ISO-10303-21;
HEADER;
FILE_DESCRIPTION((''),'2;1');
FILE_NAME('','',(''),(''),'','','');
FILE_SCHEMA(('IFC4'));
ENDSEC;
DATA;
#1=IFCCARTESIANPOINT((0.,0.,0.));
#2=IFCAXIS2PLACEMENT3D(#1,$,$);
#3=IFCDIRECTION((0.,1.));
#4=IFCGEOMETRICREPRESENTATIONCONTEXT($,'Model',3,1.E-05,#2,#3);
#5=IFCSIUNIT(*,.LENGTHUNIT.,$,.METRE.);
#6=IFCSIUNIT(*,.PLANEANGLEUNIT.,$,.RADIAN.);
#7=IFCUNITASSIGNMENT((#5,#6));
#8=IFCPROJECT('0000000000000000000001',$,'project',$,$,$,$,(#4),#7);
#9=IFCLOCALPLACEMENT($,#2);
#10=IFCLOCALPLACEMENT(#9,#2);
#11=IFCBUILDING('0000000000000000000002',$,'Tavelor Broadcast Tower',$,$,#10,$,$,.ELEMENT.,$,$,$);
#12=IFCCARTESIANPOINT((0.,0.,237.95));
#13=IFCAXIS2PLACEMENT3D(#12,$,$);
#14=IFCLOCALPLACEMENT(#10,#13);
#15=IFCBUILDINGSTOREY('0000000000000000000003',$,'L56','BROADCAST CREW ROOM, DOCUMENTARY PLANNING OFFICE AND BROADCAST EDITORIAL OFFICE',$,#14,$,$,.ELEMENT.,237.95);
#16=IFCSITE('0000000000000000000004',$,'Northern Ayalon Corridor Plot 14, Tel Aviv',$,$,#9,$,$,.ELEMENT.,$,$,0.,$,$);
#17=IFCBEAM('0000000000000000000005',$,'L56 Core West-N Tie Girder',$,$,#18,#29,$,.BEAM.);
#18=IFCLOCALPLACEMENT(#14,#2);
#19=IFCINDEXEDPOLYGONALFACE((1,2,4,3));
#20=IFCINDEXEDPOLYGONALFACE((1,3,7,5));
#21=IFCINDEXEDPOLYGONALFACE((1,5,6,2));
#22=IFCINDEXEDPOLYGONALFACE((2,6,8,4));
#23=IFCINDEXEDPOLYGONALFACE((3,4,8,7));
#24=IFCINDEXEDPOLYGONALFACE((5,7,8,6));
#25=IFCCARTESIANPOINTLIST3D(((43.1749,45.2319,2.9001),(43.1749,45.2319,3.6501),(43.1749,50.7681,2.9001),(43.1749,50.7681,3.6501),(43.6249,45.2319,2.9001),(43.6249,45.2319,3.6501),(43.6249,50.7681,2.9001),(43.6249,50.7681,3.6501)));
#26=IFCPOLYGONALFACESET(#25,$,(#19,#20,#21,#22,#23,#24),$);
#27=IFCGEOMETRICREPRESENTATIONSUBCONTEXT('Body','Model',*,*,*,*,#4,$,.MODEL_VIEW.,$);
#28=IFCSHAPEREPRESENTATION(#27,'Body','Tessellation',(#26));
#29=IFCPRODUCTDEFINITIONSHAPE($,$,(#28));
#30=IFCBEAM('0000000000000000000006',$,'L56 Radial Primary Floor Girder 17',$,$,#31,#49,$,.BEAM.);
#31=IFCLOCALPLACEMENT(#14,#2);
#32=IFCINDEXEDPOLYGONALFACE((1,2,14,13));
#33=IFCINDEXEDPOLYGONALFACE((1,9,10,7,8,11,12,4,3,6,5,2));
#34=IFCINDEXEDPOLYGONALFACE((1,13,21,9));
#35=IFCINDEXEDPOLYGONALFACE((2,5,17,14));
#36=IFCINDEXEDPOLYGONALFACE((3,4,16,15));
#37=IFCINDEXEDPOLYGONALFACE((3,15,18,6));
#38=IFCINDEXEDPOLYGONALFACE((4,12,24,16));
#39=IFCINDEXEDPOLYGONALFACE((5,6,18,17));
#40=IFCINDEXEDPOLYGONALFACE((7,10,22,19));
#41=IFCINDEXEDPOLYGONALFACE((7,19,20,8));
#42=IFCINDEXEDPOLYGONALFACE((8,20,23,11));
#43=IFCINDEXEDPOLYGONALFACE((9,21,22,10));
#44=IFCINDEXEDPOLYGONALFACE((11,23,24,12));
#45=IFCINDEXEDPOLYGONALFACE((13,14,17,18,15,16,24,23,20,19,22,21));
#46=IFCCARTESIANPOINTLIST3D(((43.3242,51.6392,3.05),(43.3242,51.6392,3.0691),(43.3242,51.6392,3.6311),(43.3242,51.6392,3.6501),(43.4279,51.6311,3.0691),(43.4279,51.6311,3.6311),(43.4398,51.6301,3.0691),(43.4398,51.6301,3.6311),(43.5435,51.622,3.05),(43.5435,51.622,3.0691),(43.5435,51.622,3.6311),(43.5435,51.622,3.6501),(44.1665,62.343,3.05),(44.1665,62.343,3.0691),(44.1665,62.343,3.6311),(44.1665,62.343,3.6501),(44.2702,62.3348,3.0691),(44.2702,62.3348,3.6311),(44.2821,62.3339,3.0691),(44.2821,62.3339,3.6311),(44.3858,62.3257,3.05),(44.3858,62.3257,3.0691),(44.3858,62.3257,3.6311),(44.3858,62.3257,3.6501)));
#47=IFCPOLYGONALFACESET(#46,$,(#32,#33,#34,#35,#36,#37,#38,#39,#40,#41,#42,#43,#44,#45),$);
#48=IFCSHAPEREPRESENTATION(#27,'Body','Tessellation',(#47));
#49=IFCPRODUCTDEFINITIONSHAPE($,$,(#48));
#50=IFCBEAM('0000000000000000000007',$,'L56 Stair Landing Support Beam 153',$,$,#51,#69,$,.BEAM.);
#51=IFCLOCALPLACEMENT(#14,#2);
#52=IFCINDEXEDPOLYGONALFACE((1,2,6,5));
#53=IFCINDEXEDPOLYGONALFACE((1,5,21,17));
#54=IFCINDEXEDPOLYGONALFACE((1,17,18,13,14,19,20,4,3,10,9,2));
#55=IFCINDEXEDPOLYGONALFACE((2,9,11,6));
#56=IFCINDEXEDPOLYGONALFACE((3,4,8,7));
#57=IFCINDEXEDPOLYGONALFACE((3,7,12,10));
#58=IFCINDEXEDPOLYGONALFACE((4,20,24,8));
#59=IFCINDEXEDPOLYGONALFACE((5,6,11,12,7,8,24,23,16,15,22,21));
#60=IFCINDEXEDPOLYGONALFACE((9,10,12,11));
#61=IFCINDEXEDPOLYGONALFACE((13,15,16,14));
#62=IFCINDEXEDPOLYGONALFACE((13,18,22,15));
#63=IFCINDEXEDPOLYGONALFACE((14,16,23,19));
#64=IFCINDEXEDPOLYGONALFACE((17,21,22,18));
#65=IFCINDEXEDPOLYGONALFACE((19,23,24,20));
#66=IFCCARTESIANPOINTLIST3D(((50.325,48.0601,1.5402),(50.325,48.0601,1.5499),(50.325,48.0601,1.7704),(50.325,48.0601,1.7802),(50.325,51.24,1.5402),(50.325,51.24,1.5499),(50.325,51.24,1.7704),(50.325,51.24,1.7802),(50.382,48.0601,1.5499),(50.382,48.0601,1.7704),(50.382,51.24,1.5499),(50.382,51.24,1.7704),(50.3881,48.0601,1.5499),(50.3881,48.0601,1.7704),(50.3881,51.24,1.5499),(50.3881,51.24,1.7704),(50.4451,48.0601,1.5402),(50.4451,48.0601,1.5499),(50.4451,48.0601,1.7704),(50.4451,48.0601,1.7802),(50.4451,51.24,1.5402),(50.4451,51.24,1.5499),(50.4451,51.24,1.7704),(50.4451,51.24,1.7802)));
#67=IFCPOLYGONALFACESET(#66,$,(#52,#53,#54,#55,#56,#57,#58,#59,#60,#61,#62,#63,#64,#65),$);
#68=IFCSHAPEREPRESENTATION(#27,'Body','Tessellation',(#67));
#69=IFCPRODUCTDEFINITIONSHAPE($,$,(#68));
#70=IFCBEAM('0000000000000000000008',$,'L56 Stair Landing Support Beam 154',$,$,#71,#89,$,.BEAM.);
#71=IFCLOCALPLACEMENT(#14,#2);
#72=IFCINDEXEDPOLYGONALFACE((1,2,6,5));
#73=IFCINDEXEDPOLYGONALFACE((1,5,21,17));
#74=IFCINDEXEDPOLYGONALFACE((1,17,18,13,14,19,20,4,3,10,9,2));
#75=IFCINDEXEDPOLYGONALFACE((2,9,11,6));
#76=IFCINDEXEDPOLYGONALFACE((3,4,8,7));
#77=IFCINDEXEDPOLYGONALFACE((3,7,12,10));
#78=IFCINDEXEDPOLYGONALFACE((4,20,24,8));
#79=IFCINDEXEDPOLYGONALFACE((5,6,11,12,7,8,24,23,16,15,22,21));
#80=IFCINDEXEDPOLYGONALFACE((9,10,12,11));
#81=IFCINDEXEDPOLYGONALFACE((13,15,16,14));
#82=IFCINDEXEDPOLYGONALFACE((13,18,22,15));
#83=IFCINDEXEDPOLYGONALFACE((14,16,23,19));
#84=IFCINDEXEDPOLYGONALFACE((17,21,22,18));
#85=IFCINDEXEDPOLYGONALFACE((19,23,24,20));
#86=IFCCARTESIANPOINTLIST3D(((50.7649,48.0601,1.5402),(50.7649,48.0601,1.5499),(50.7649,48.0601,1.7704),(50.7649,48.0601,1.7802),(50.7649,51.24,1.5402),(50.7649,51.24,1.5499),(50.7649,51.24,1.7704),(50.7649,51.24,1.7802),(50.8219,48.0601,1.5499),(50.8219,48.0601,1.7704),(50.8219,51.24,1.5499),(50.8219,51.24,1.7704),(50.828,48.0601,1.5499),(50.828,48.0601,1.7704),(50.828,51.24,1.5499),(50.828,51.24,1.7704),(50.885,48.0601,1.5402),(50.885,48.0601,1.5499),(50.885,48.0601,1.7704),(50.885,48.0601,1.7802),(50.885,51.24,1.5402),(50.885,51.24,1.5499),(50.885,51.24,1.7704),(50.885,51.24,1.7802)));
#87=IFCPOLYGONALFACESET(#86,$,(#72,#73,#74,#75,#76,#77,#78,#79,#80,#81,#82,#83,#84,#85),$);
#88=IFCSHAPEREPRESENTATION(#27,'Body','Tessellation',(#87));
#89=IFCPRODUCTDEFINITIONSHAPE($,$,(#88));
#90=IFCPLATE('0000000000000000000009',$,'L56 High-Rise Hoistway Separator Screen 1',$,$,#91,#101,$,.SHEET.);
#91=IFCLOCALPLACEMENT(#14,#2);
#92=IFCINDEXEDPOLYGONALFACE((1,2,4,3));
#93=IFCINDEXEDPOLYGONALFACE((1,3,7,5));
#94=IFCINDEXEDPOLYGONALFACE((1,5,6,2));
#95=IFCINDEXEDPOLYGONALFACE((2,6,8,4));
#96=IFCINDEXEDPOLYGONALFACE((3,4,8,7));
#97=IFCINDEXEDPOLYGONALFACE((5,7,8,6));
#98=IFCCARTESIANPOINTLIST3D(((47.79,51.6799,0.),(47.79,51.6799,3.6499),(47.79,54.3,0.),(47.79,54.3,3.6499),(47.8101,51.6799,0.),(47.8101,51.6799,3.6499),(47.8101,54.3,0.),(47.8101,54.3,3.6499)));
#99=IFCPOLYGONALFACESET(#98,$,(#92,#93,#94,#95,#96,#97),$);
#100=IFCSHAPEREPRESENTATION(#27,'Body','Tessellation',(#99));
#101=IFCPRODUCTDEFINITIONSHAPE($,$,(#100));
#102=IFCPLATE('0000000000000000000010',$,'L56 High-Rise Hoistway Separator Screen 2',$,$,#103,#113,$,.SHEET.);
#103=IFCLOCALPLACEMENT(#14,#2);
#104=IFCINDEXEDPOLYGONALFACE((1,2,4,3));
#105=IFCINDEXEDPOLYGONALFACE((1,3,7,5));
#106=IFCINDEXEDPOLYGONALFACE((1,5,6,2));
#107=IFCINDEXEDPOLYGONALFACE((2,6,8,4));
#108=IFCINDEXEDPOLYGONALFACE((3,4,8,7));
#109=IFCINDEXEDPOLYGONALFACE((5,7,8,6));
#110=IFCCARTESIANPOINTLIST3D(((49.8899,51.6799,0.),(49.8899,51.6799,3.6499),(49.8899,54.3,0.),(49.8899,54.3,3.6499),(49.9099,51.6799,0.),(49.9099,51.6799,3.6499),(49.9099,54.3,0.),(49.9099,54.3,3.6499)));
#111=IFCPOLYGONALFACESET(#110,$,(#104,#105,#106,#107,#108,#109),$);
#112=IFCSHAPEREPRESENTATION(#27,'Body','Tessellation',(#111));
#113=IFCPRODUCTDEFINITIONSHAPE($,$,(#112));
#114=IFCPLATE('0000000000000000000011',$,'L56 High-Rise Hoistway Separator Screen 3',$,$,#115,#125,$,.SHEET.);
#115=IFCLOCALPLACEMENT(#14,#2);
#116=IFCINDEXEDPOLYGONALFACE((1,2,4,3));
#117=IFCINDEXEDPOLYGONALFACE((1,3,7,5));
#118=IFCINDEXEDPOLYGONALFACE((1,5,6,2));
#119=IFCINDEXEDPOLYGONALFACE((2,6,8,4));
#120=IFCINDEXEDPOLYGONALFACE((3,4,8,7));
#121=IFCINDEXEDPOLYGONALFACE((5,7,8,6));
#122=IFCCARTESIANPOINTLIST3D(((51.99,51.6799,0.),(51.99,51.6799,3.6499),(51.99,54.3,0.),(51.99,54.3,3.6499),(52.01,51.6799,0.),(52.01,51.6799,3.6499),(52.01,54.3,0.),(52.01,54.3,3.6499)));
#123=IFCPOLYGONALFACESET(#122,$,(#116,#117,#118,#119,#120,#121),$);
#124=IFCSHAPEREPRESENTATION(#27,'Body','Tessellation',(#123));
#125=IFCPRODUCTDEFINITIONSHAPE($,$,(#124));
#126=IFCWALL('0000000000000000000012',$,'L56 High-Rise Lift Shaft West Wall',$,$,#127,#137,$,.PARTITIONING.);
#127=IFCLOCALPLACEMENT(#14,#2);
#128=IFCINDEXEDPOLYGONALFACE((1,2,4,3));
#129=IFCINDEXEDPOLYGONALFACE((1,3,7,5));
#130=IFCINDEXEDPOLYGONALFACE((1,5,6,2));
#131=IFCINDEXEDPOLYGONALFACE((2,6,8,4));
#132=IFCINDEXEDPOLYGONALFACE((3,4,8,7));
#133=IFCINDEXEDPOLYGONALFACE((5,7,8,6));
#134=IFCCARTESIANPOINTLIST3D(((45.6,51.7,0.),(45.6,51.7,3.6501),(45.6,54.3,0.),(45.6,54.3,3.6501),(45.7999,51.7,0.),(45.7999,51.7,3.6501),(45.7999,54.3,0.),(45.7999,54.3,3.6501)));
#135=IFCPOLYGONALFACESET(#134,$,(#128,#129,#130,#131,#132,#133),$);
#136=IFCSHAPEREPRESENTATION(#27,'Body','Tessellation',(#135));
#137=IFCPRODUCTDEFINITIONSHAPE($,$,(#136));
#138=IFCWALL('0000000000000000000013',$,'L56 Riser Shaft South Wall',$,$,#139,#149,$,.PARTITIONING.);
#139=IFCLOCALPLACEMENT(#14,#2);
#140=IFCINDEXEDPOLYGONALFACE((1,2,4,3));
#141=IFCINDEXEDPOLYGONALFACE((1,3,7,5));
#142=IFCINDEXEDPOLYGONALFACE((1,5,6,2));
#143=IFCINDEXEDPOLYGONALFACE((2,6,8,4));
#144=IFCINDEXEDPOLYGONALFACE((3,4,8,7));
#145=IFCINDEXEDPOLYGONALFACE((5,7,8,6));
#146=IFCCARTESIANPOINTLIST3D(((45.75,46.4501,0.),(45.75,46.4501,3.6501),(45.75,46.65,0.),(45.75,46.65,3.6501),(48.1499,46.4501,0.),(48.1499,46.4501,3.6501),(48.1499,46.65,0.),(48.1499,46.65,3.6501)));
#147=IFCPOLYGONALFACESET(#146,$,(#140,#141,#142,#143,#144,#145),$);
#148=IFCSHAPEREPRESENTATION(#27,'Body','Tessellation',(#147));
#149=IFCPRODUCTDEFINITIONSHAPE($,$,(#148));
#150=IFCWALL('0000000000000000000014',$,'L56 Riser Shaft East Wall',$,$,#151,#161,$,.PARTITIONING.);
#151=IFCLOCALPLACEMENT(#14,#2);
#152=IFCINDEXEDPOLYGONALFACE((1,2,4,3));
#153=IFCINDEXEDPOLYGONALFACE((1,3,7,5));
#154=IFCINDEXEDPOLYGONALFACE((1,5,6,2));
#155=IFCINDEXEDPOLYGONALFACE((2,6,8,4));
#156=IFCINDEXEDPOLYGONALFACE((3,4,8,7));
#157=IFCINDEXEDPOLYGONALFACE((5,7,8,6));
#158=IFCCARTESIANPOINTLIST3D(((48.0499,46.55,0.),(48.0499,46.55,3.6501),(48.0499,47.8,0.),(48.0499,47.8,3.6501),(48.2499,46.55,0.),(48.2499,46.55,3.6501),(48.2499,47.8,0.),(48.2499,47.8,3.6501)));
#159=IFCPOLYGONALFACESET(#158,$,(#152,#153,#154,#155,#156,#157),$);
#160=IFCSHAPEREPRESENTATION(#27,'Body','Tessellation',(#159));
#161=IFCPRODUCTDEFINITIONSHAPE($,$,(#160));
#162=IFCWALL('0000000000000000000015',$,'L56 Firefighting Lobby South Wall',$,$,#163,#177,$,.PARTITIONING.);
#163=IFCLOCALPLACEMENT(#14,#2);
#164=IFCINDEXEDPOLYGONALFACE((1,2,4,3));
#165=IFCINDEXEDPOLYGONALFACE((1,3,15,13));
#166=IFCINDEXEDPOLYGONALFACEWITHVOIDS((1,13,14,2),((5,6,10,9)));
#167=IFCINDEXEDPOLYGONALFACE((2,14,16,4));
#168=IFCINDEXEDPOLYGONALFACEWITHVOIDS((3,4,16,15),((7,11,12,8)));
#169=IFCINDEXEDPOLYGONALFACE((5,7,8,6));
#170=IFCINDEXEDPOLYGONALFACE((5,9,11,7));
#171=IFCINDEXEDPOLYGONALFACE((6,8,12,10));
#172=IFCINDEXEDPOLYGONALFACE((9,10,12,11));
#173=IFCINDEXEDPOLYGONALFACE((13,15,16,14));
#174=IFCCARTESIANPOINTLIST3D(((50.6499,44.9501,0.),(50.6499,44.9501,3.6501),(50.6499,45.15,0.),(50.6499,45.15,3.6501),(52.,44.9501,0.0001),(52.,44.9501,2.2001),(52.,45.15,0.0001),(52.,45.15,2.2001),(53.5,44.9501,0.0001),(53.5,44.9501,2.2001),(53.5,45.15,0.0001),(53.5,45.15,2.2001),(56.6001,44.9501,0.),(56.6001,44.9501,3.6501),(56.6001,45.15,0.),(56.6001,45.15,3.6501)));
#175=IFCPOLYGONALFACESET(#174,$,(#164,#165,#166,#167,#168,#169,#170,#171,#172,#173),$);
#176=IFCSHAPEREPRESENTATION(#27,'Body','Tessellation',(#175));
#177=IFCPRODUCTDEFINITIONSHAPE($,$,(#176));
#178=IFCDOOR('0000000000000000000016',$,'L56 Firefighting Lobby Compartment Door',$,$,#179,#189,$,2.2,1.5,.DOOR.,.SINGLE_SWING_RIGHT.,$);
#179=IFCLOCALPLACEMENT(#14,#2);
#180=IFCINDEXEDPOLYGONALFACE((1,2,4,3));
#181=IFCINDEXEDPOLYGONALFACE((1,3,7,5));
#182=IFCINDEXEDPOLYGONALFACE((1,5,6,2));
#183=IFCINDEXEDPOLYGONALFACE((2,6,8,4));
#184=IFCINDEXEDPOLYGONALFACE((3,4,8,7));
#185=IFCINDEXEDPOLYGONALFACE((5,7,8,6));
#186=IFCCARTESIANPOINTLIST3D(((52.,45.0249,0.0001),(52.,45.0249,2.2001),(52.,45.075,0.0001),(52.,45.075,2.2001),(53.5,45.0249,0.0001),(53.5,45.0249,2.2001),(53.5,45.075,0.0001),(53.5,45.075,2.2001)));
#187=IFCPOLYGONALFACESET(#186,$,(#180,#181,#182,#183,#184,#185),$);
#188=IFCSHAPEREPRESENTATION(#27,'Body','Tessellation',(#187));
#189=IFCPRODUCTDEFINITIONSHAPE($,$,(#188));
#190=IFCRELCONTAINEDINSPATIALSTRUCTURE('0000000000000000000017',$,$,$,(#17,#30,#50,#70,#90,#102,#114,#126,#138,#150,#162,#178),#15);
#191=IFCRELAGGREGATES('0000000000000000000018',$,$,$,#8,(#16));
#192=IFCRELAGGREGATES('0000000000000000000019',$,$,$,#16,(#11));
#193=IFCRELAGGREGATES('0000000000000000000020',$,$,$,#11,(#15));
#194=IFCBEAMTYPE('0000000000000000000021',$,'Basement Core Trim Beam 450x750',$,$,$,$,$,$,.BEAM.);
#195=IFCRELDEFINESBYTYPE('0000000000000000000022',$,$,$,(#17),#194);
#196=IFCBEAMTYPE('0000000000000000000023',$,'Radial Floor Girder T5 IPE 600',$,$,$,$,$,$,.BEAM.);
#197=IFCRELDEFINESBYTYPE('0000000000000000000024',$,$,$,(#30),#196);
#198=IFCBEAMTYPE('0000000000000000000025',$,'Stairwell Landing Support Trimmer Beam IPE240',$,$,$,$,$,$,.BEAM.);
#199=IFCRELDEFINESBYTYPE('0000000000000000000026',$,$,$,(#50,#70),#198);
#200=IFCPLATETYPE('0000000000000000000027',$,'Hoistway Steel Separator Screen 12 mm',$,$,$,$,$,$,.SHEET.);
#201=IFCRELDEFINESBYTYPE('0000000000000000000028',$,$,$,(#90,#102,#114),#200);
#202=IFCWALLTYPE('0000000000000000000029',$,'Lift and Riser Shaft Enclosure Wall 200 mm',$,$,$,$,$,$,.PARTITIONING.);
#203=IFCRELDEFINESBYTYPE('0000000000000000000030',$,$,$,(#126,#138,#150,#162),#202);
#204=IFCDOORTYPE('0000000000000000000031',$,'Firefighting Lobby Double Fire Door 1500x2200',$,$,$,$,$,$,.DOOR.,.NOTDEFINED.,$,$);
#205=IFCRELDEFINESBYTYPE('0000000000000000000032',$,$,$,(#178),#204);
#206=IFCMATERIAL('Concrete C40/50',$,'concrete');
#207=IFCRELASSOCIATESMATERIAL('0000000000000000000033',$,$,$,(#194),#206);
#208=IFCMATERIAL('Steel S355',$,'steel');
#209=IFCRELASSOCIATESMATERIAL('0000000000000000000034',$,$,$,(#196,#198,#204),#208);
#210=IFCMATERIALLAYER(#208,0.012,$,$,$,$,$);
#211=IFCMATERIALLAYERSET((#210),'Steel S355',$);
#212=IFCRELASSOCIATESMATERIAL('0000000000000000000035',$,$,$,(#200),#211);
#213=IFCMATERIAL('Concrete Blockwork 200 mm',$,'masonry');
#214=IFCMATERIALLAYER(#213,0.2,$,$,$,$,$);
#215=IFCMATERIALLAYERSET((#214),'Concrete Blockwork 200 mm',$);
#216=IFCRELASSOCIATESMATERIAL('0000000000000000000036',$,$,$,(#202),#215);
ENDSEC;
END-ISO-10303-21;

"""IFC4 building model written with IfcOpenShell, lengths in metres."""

from ifc_helpers import new_model, si_unit, direction, frame, frame_2d, origin, origin_2d, place, context, subcontext, project, spatial, rectangle, i_section, extrude, source, transform, mapped, material, layer, layer_set, material_profile, profile_set, type_object, type_shapes, element, fill, save


model = new_model("IFC4")

# Units and contexts
model_context = context("Model", 3, precision=1e-05, world=origin(), true_north=direction((0.0, 1.0)))
body_context = subcontext(model_context, "Body", "Model", "MODEL_VIEW")
ifc_project = project(units=[si_unit("LENGTHUNIT", "METRE"), si_unit("PLANEANGLEUNIT", "RADIAN")], contexts=[model_context])

# Site, building, storey
site_placement = place(None, origin())
site = spatial("IfcSite", under=ifc_project, at=site_placement, Name="Northern Ayalon Corridor Plot 14, Tel Aviv", CompositionType="ELEMENT", RefElevation=0.0)
building_placement = place(site_placement, origin())
building = spatial("IfcBuilding", under=site, at=building_placement, Name="Tavelor Broadcast Tower", CompositionType="ELEMENT")
storey_placement = place(building_placement, frame((0.0, 0.0, 237.95)))
storey = spatial("IfcBuildingStorey", under=building, at=storey_placement, Name="L56", Description="BROADCAST CREW ROOM, DOCUMENTARY PLANNING OFFICE AND BROADCAST EDITORIAL OFFICE", CompositionType="ELEMENT", Elevation=237.95)

# Beams
ifc_material_1 = material(Name="Concrete C40/50", Category="concrete")
ifc_material_profile_1 = material_profile(ifc_material_1, rectangle(XDim=0.45, YDim=0.75, at=origin_2d()), Name="RC 450x750")
ifc_profile_set_1 = profile_set([ifc_material_profile_1], Name="Concrete C40/50")
beam_type_1 = type_object("IfcBeamType", Name="Basement Core Trim Beam 450x750", PredefinedType="BEAM", material=ifc_profile_set_1)
beam_1_placement = place(storey_placement, frame((43.3999, 45.2319, 3.2751), z_axis=(0.0, 1.0, 0.0), x_axis=(-1.0, 0.0, 0.0)))
element("IfcBeam", 1, at=beam_1_placement, inside=storey, type_object=beam_type_1, Name="L56 Core West-N Tie Girder", PredefinedType="BEAM", context=body_context, shape_type="SweptSolid", body=[
    extrude(rectangle(XDim=0.45, YDim=0.75, at=origin_2d()), origin(), (0.0, 0.0, 1.0), 5.5361),
])
ifc_material_2 = material(Name="Steel S355", Category="steel")
ifc_material_profile_2 = material_profile(ifc_material_2, i_section(OverallWidth=0.22, OverallDepth=0.6001, WebThickness=0.012, FlangeThickness=0.019, at=origin_2d()), Name="IPE 600")
ifc_profile_set_2 = profile_set([ifc_material_profile_2], Name="Steel S355")
beam_type_2 = type_object("IfcBeamType", Name="Radial Floor Girder T5 IPE 600", PredefinedType="BEAM", material=ifc_profile_set_2)
beam_2_placement = place(storey_placement, frame((43.4338, 51.6306, 3.3501), z_axis=(0.078449, 0.996918, 0.0), x_axis=(-0.996918, 0.078449, 0.0)))
element("IfcBeam", 2, at=beam_2_placement, inside=storey, type_object=beam_type_2, Name="L56 Radial Primary Floor Girder 17", PredefinedType="BEAM", context=body_context, shape_type="SweptSolid", body=[
    extrude(i_section(OverallWidth=0.22, OverallDepth=0.6001, WebThickness=0.012, FlangeThickness=0.019, at=origin_2d()), origin(), (0.0, 0.0, 1.0), 10.7368),
])
ifc_material_profile_3 = material_profile(ifc_material_2, i_section(OverallWidth=0.1201, OverallDepth=0.24, WebThickness=0.0061, FlangeThickness=0.0098, at=origin_2d()), Name="IPE 240")
ifc_profile_set_3 = profile_set([ifc_material_profile_3], Name="Steel S355")
beam_type_3 = type_object("IfcBeamType", Name="Stairwell Landing Support Trimmer Beam IPE240", PredefinedType="BEAM", material=ifc_profile_set_3)
for number, where, z_axis, x_axis, name in (
    (3, (50.385, 48.0601, 1.6602), (0.0, 1.0, 0.0), (-1.0, 0.0, 0.0), "L56 Stair Landing Support Beam 153"),
    (4, (50.825, 48.0601, 1.6602), (0.0, 1.0, 0.0), (-1.0, 0.0, 0.0), "L56 Stair Landing Support Beam 154"),
):
    element("IfcBeam", number, at=place(storey_placement, frame(where, z_axis=z_axis, x_axis=x_axis)), inside=storey, type_object=beam_type_3, Name=name, PredefinedType="BEAM", context=body_context, shape_type="SweptSolid", body=[
        extrude(i_section(OverallWidth=0.1201, OverallDepth=0.24, WebThickness=0.0061, FlangeThickness=0.0098, at=origin_2d()), origin(), (0.0, 0.0, 1.0), 3.1799),
    ])

# Plates
ifc_layer_1 = layer(ifc_material_2, 0.012)
ifc_layer_set_1 = layer_set([ifc_layer_1], Name="Steel S355")
plate_type = type_object("IfcPlateType", Name="Hoistway Steel Separator Screen 12 mm", PredefinedType="SHEET", material=ifc_layer_set_1)
shared_shape = source(origin(), body_context, "Body", "SweptSolid", [
    extrude(rectangle(XDim=0.02, YDim=2.6201, at=origin_2d()), origin(), (0.0, 0.0, 1.0), 3.6499),
])
type_shapes(plate_type, [shared_shape])
for number, where, z_axis, x_axis, name in (
    (5, (47.8, 52.99, 0.0), (0.0, 0.0, 1.0), (1.0, 0.0, 0.0), "L56 High-Rise Hoistway Separator Screen 1"),
    (6, (49.8999, 52.99, 0.0), (0.0, 0.0, 1.0), (1.0, 0.0, 0.0), "L56 High-Rise Hoistway Separator Screen 2"),
    (7, (52.0, 52.99, 0.0), (0.0, 0.0, 1.0), (1.0, 0.0, 0.0), "L56 High-Rise Hoistway Separator Screen 3"),
):
    element("IfcPlate", number, at=place(storey_placement, frame(where, z_axis=z_axis, x_axis=x_axis)), inside=storey, type_object=plate_type, Name=name, PredefinedType="SHEET", context=body_context, shape_type="MappedRepresentation", body=[
        mapped(shared_shape, transform((0.0, 0.0, 0.0), scale=1.0)),
    ])

# Walls
ifc_material_3 = material(Name="Concrete Blockwork 200 mm", Category="masonry")
ifc_layer_2 = layer(ifc_material_3, 0.2)
ifc_layer_set_2 = layer_set([ifc_layer_2], Name="Concrete Blockwork 200 mm")
wall_type_1 = type_object("IfcWallType", Name="Lift and Riser Shaft Enclosure Wall 200 mm", PredefinedType="PARTITIONING", material=ifc_layer_set_2)
wall_1_placement = place(storey_placement, frame((45.7, 51.7, 0.0), z_axis=(0.0, 0.0, 1.0), x_axis=(0.0, 1.0, 0.0)))
element("IfcWall", 8, at=wall_1_placement, inside=storey, type_object=wall_type_1, Name="L56 High-Rise Lift Shaft West Wall", PredefinedType="PARTITIONING", context=body_context, shape_type="SweptSolid", body=[
    extrude(rectangle(XDim=2.6001, YDim=0.2, at=frame_2d((1.3, 0.0))), origin(), (0.0, 0.0, 1.0), 3.6501),
])
wall_2_placement = place(storey_placement, frame((45.75, 46.55, 0.0), z_axis=(0.0, 0.0, 1.0), x_axis=(1.0, 0.0, 0.0)))
element("IfcWall", 9, at=wall_2_placement, inside=storey, type_object=wall_type_1, Name="L56 Riser Shaft South Wall", PredefinedType="PARTITIONING", context=body_context, shape_type="SweptSolid", body=[
    extrude(rectangle(XDim=2.3999, YDim=0.2, at=frame_2d((1.2, 0.0))), origin(), (0.0, 0.0, 1.0), 3.6501),
])
wall_3_placement = place(storey_placement, frame((48.1499, 46.55, 0.0), z_axis=(0.0, 0.0, 1.0), x_axis=(0.0, 1.0, 0.0)))
element("IfcWall", 10, at=wall_3_placement, inside=storey, type_object=wall_type_1, Name="L56 Riser Shaft East Wall", PredefinedType="PARTITIONING", context=body_context, shape_type="SweptSolid", body=[
    extrude(rectangle(XDim=1.25, YDim=0.2, at=frame_2d((0.625, 0.0))), origin(), (0.0, 0.0, 1.0), 3.6501),
])

# Wall, opening, door
wall_4_placement = place(storey_placement, frame((50.6499, 45.05, 0.0), z_axis=(0.0, 0.0, 1.0), x_axis=(1.0, 0.0, 0.0)))
wall_4 = element("IfcWall", 11, at=wall_4_placement, inside=storey, type_object=wall_type_1, Name="L56 Firefighting Lobby South Wall", PredefinedType="PARTITIONING", context=body_context, shape_type="SweptSolid", body=[
    extrude(rectangle(XDim=5.9502, YDim=0.2, at=frame_2d((2.9751, 0.0))), origin(), (0.0, 0.0, 1.0), 3.6501),
])
opening_placement = place(wall_4_placement, frame((1.3501, 0.0, 0.0)))
opening = element("IfcOpeningElement", 12, at=opening_placement, cuts=wall_4, PredefinedType="OPENING", context=body_context, shape_type="SweptSolid", body=[
    extrude(rectangle(XDim=1.5, YDim=2.2, at=frame_2d((0.75, 1.1001))), frame((0.0, 0.1099, 0.0), z_axis=(0.0, -1.0, 0.0), x_axis=(1.0, 0.0, 0.0)), (0.0, 0.0, 1.0), 0.22),
])
door_type = type_object("IfcDoorType", Name="Firefighting Lobby Double Fire Door 1500x2200", OperationType="NOTDEFINED", PredefinedType="DOOR", material=ifc_material_2)
door_placement = place(opening_placement, origin())
door = element("IfcDoor", 13, at=door_placement, inside=storey, type_object=door_type, Name="L56 Firefighting Lobby Compartment Door", OperationType="SINGLE_SWING_RIGHT", OverallHeight=2.2, OverallWidth=1.5, PredefinedType="DOOR", context=body_context, shape_type="SweptSolid", body=[
    extrude(rectangle(XDim=1.5, YDim=2.2, at=frame_2d((0.75, 1.1001))), frame((0.0, 0.0249, 0.0), z_axis=(0.0, -1.0, 0.0), x_axis=(1.0, 0.0, 0.0)), (0.0, 0.0, 1.0), 0.05),
])
fill(opening, door)

save(model, "model.ifc")
